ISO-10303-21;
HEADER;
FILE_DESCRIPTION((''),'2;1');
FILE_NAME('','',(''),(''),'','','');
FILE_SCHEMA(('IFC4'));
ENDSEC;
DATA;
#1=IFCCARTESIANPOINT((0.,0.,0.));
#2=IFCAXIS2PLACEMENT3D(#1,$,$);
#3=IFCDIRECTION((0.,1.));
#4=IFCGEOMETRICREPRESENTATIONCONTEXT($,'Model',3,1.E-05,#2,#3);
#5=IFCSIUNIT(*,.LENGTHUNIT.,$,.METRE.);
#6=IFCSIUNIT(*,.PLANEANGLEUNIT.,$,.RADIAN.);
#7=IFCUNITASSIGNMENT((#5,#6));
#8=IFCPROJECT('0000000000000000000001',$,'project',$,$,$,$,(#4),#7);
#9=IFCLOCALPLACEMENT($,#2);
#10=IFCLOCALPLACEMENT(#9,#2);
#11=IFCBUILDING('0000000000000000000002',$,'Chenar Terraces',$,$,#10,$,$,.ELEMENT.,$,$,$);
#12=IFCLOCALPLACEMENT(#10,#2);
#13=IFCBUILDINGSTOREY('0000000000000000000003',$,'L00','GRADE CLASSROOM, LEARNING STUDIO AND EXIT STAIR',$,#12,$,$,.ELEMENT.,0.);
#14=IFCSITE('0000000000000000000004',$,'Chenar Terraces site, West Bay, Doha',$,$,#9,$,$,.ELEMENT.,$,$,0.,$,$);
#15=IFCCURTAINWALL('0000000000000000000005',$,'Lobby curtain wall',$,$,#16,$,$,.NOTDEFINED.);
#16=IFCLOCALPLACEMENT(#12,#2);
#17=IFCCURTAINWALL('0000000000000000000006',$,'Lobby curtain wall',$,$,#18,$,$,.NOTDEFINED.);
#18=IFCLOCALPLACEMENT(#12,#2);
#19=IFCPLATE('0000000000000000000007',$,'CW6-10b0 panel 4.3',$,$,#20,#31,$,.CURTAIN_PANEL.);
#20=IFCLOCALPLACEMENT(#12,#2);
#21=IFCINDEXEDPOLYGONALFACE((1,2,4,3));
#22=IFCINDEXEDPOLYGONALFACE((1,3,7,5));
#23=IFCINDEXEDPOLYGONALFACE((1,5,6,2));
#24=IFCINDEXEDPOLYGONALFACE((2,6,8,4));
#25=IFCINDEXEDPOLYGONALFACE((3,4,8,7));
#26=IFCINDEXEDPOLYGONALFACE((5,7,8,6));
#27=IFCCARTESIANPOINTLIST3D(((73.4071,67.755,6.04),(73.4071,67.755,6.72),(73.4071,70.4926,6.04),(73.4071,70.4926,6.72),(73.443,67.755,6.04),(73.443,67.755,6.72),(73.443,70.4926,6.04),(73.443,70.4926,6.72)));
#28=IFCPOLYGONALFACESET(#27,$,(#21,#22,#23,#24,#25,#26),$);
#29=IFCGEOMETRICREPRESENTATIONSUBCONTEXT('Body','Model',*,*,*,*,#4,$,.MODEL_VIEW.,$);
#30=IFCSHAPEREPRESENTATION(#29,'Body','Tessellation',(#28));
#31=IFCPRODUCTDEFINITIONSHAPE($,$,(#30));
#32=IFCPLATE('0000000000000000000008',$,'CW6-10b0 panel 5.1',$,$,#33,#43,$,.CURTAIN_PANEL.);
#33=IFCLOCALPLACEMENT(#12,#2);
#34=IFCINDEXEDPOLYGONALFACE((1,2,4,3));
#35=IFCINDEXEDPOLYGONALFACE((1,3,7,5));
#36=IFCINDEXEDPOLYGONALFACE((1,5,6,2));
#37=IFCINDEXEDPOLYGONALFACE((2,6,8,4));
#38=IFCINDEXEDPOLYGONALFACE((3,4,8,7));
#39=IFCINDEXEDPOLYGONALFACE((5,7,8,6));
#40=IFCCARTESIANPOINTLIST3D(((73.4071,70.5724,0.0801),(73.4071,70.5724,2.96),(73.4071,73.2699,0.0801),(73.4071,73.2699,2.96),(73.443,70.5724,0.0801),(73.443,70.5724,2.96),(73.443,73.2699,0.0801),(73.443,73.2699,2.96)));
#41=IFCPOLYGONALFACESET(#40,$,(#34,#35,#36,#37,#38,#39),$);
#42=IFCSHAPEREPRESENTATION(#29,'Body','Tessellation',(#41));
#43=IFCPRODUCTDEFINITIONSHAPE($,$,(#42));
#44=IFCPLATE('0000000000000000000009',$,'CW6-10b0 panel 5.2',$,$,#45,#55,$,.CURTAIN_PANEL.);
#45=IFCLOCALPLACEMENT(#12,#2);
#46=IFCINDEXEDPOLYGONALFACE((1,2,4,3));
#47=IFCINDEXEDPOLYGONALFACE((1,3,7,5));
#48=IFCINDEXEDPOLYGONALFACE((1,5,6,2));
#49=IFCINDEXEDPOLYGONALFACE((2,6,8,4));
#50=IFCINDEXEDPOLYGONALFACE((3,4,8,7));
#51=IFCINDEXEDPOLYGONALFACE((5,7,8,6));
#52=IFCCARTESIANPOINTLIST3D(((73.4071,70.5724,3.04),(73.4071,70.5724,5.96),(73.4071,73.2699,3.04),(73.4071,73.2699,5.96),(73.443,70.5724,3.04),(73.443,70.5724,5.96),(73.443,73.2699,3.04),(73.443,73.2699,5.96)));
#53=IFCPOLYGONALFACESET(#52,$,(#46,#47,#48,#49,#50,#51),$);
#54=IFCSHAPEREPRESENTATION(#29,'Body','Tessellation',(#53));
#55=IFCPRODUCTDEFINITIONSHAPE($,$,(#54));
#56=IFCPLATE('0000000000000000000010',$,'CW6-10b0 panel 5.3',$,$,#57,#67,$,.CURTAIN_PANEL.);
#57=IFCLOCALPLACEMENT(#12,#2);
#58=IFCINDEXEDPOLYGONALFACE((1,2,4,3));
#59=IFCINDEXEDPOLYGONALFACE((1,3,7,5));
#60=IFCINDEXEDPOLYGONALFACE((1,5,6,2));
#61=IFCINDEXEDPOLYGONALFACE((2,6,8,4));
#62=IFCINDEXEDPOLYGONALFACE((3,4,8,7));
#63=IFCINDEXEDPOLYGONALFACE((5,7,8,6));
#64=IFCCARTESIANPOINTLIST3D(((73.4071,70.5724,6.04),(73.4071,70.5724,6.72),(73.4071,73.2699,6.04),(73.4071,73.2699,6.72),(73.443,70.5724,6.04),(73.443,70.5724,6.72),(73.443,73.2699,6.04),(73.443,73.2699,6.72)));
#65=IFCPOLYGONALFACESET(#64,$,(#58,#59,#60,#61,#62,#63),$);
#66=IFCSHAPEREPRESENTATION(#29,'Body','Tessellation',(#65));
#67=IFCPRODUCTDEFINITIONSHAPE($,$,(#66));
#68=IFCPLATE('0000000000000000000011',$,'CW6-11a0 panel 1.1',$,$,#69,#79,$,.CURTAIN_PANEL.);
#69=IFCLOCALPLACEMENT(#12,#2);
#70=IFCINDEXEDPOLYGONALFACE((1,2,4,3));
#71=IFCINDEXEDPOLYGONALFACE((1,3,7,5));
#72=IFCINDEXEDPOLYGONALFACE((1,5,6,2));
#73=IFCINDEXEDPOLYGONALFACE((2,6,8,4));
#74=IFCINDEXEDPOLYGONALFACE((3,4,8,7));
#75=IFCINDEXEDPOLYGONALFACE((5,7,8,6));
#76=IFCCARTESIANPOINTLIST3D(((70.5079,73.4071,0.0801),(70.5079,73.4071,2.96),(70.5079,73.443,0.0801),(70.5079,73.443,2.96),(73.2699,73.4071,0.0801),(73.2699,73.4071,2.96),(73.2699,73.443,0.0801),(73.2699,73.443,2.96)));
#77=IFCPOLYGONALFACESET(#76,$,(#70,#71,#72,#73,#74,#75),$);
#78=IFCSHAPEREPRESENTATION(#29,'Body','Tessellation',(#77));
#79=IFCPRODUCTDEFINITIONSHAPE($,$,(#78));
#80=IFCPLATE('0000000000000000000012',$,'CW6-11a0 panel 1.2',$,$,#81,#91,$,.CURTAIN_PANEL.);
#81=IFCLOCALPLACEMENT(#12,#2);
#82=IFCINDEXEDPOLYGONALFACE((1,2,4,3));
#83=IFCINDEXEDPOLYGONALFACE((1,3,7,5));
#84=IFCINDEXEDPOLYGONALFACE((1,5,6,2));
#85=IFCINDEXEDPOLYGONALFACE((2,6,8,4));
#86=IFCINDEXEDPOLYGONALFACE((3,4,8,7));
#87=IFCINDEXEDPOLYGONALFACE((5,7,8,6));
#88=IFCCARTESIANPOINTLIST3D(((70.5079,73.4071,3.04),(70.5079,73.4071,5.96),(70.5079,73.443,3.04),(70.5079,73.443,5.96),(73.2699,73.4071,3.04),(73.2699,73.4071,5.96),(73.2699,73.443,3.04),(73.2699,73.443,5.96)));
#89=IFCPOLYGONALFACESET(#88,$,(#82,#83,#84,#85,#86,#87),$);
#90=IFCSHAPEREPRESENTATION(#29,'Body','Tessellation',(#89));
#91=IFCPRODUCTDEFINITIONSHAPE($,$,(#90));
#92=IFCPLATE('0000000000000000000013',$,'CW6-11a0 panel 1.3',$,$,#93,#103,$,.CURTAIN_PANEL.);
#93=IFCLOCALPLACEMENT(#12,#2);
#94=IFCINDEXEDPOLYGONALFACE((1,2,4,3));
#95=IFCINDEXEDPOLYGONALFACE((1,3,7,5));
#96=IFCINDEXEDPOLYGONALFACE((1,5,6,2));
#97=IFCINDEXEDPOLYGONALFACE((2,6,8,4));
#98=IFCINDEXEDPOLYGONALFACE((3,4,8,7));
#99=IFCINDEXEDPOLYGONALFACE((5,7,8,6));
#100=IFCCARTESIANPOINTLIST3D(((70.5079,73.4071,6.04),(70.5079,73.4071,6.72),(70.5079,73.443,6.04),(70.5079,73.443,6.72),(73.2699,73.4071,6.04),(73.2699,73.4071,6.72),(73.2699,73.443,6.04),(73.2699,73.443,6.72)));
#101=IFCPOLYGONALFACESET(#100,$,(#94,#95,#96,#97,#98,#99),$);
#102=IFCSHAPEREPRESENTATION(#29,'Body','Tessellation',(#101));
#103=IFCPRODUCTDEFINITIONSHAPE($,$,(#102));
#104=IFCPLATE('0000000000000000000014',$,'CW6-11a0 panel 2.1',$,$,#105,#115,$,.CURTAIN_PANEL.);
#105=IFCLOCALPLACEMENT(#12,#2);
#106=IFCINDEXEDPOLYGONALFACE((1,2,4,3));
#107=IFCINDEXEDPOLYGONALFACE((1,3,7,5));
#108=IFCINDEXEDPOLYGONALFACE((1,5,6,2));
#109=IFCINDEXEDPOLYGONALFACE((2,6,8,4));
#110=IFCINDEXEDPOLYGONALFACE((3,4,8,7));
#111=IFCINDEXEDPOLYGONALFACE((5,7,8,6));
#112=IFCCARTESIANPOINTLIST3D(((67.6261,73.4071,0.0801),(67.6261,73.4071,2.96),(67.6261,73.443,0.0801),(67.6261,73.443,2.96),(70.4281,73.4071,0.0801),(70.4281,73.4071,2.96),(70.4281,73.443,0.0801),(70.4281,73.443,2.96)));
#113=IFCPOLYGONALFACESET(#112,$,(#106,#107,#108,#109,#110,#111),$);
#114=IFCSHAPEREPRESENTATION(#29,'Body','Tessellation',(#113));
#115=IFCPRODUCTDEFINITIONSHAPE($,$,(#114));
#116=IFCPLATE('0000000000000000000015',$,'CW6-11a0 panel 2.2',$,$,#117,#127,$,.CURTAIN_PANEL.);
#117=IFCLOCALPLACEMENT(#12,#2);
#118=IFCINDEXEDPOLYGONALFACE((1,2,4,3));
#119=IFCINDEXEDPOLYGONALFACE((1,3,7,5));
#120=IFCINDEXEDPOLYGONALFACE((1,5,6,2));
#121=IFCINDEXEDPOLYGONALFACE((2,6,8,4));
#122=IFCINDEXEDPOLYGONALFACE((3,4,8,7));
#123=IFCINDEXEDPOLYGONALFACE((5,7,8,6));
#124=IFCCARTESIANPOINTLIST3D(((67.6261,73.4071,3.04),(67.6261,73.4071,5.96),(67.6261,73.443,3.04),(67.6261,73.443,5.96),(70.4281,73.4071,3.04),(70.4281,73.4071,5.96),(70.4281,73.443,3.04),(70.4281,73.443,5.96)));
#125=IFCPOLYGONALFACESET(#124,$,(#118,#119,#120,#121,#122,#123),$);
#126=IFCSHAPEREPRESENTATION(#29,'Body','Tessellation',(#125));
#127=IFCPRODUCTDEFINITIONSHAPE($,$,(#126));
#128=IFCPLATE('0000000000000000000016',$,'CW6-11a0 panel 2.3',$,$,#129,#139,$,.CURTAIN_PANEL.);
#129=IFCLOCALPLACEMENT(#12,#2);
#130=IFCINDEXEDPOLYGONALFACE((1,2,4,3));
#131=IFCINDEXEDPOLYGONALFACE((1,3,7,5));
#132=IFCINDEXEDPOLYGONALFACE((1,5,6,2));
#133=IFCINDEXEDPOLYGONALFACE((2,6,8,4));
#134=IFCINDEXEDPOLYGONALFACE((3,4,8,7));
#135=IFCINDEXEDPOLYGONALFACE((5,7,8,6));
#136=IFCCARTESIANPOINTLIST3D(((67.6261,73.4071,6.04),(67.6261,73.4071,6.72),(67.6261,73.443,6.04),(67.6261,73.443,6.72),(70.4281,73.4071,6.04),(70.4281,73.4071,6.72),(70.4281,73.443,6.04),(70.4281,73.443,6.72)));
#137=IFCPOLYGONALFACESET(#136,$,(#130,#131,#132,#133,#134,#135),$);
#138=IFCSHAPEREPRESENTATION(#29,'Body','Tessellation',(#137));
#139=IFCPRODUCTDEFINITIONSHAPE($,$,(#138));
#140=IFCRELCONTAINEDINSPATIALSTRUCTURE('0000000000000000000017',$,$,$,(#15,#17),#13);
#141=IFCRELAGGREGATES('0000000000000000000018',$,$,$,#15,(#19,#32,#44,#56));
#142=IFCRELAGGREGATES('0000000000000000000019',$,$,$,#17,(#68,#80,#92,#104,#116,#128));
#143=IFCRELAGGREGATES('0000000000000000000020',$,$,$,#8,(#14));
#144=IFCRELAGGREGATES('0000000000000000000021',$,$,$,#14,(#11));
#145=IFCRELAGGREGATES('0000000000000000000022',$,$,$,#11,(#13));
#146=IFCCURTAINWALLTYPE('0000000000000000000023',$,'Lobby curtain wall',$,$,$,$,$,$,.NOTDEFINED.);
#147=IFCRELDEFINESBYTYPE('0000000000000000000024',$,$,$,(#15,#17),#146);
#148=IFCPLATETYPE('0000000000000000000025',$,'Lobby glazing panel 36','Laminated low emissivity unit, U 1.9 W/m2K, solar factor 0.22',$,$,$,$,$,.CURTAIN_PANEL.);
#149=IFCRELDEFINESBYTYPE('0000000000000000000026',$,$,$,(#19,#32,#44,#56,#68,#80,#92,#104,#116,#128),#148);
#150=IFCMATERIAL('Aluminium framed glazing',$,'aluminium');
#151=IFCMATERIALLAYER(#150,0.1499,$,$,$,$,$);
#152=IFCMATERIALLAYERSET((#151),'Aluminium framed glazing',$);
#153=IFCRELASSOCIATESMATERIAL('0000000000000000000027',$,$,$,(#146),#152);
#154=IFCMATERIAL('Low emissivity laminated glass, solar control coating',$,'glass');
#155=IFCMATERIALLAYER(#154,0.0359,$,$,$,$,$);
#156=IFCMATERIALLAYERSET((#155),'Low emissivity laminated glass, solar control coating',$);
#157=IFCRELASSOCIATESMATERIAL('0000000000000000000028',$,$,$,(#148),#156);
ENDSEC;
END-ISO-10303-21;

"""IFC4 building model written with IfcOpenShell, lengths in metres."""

from ifc_helpers import new_model, si_unit, direction, frame, origin, origin_2d, place, context, subcontext, project, spatial, rectangle, extrude, material, layer, layer_set, type_object, element, aggregate, save


model = new_model("IFC4")

# Units and contexts
model_context = context("Model", 3, precision=1e-05, world=origin(), true_north=direction((0.0, 1.0)))
body_context = subcontext(model_context, "Body", "Model", "MODEL_VIEW")
ifc_project = project(units=[si_unit("LENGTHUNIT", "METRE"), si_unit("PLANEANGLEUNIT", "RADIAN")], contexts=[model_context])

# Site, building, storey
site_placement = place(None, origin())
site = spatial("IfcSite", under=ifc_project, at=site_placement, Name="Chenar Terraces site, West Bay, Doha", CompositionType="ELEMENT", RefElevation=0.0)
building_placement = place(site_placement, origin())
building = spatial("IfcBuilding", under=site, at=building_placement, Name="Chenar Terraces", CompositionType="ELEMENT")
storey_placement = place(building_placement, origin())
storey = spatial("IfcBuildingStorey", under=building, at=storey_placement, Name="L00", Description="GRADE CLASSROOM, LEARNING STUDIO AND EXIT STAIR", CompositionType="ELEMENT", Elevation=0.0)

# Curtain walls
ifc_material_1 = material(Name="Aluminium framed glazing", Category="aluminium")
ifc_layer_1 = layer(ifc_material_1, 0.1499)
ifc_layer_set_1 = layer_set([ifc_layer_1], Name="Aluminium framed glazing")
curtain_wall_type = type_object("IfcCurtainWallType", Name="Lobby curtain wall", PredefinedType="NOTDEFINED", material=ifc_layer_set_1)
placement = place(storey_placement, origin())
curtain_wall_1 = element("IfcCurtainWall", 1, at=placement, inside=storey, type_object=curtain_wall_type, Name="Lobby curtain wall", PredefinedType="NOTDEFINED")
curtain_wall_2 = element("IfcCurtainWall", 2, at=placement, inside=storey, type_object=curtain_wall_type, Name="Lobby curtain wall", PredefinedType="NOTDEFINED")

# Plates
ifc_material_2 = material(Name="Low emissivity laminated glass, solar control coating", Category="glass")
ifc_layer_2 = layer(ifc_material_2, 0.0359)
ifc_layer_set_2 = layer_set([ifc_layer_2], Name="Low emissivity laminated glass, solar control coating")
plate_type = type_object("IfcPlateType", Name="Lobby glazing panel 36", Description="Laminated low emissivity unit, U 1.9 W/m2K, solar factor 0.22", PredefinedType="CURTAIN_PANEL", material=ifc_layer_set_2)
plate_1_placement = place(storey_placement, frame((73.425, 69.1238, 6.04), z_axis=(0.0, 0.0, 1.0), x_axis=(0.0, 1.0, 0.0)))
plate_1 = element("IfcPlate", 3, at=plate_1_placement, type_object=plate_type, Name="CW6-10b0 panel 4.3", PredefinedType="CURTAIN_PANEL", context=body_context, shape_type="SweptSolid", body=[
    extrude(rectangle(XDim=2.7375, YDim=0.0359, at=origin_2d()), origin(), (0.0, 0.0, 1.0), 0.6799),
])
plate_2_placement = place(storey_placement, frame((73.425, 71.9211, 0.0801), z_axis=(0.0, 0.0, 1.0), x_axis=(0.0, 1.0, 0.0)))
plate_2 = element("IfcPlate", 4, at=plate_2_placement, type_object=plate_type, Name="CW6-10b0 panel 5.1", PredefinedType="CURTAIN_PANEL", context=body_context, shape_type="SweptSolid", body=[
    extrude(rectangle(XDim=2.6975, YDim=0.0359, at=origin_2d()), origin(), (0.0, 0.0, 1.0), 2.8799),
])
plate_3_placement = place(storey_placement, frame((73.425, 71.9211, 3.04), z_axis=(0.0, 0.0, 1.0), x_axis=(0.0, 1.0, 0.0)))
plate_3 = element("IfcPlate", 5, at=plate_3_placement, type_object=plate_type, Name="CW6-10b0 panel 5.2", PredefinedType="CURTAIN_PANEL", context=body_context, shape_type="SweptSolid", body=[
    extrude(rectangle(XDim=2.6975, YDim=0.0359, at=origin_2d()), origin(), (0.0, 0.0, 1.0), 2.9199),
])
plate_4_placement = place(storey_placement, frame((73.425, 71.9211, 6.04), z_axis=(0.0, 0.0, 1.0), x_axis=(0.0, 1.0, 0.0)))
plate_4 = element("IfcPlate", 6, at=plate_4_placement, type_object=plate_type, Name="CW6-10b0 panel 5.3", PredefinedType="CURTAIN_PANEL", context=body_context, shape_type="SweptSolid", body=[
    extrude(rectangle(XDim=2.6975, YDim=0.0359, at=origin_2d()), origin(), (0.0, 0.0, 1.0), 0.6799),
])
aggregate(curtain_wall_1, [plate_1, plate_2, plate_3, plate_4])
plate_5_placement = place(storey_placement, frame((71.8889, 73.425, 0.0801), z_axis=(0.0, 0.0, 1.0), x_axis=(-1.0, 0.0, 0.0)))
plate_5 = element("IfcPlate", 7, at=plate_5_placement, type_object=plate_type, Name="CW6-11a0 panel 1.1", PredefinedType="CURTAIN_PANEL", context=body_context, shape_type="SweptSolid", body=[
    extrude(rectangle(XDim=2.762, YDim=0.0359, at=origin_2d()), origin(), (0.0, 0.0, 1.0), 2.8799),
])
plate_6_placement = place(storey_placement, frame((71.8889, 73.425, 3.04), z_axis=(0.0, 0.0, 1.0), x_axis=(-1.0, 0.0, 0.0)))
plate_6 = element("IfcPlate", 8, at=plate_6_placement, type_object=plate_type, Name="CW6-11a0 panel 1.2", PredefinedType="CURTAIN_PANEL", context=body_context, shape_type="SweptSolid", body=[
    extrude(rectangle(XDim=2.762, YDim=0.0359, at=origin_2d()), origin(), (0.0, 0.0, 1.0), 2.9199),
])
plate_7_placement = place(storey_placement, frame((71.8889, 73.425, 6.04), z_axis=(0.0, 0.0, 1.0), x_axis=(-1.0, 0.0, 0.0)))
plate_7 = element("IfcPlate", 9, at=plate_7_placement, type_object=plate_type, Name="CW6-11a0 panel 1.3", PredefinedType="CURTAIN_PANEL", context=body_context, shape_type="SweptSolid", body=[
    extrude(rectangle(XDim=2.762, YDim=0.0359, at=origin_2d()), origin(), (0.0, 0.0, 1.0), 0.6799),
])
plate_8_placement = place(storey_placement, frame((69.0271, 73.425, 0.0801), z_axis=(0.0, 0.0, 1.0), x_axis=(-1.0, 0.0, 0.0)))
plate_8 = element("IfcPlate", 10, at=plate_8_placement, type_object=plate_type, Name="CW6-11a0 panel 2.1", PredefinedType="CURTAIN_PANEL", context=body_context, shape_type="SweptSolid", body=[
    extrude(rectangle(XDim=2.802, YDim=0.0359, at=origin_2d()), origin(), (0.0, 0.0, 1.0), 2.8799),
])
plate_9_placement = place(storey_placement, frame((69.0271, 73.425, 3.04), z_axis=(0.0, 0.0, 1.0), x_axis=(-1.0, 0.0, 0.0)))
plate_9 = element("IfcPlate", 11, at=plate_9_placement, type_object=plate_type, Name="CW6-11a0 panel 2.2", PredefinedType="CURTAIN_PANEL", context=body_context, shape_type="SweptSolid", body=[
    extrude(rectangle(XDim=2.802, YDim=0.0359, at=origin_2d()), origin(), (0.0, 0.0, 1.0), 2.9199),
])
plate_10_placement = place(storey_placement, frame((69.0271, 73.425, 6.04), z_axis=(0.0, 0.0, 1.0), x_axis=(-1.0, 0.0, 0.0)))
plate_10 = element("IfcPlate", 12, at=plate_10_placement, type_object=plate_type, Name="CW6-11a0 panel 2.3", PredefinedType="CURTAIN_PANEL", context=body_context, shape_type="SweptSolid", body=[
    extrude(rectangle(XDim=2.802, YDim=0.0359, at=origin_2d()), origin(), (0.0, 0.0, 1.0), 0.6799),
])
aggregate(curtain_wall_2, [plate_5, plate_6, plate_7, plate_8, plate_9, plate_10])

save(model, "model.ifc")
